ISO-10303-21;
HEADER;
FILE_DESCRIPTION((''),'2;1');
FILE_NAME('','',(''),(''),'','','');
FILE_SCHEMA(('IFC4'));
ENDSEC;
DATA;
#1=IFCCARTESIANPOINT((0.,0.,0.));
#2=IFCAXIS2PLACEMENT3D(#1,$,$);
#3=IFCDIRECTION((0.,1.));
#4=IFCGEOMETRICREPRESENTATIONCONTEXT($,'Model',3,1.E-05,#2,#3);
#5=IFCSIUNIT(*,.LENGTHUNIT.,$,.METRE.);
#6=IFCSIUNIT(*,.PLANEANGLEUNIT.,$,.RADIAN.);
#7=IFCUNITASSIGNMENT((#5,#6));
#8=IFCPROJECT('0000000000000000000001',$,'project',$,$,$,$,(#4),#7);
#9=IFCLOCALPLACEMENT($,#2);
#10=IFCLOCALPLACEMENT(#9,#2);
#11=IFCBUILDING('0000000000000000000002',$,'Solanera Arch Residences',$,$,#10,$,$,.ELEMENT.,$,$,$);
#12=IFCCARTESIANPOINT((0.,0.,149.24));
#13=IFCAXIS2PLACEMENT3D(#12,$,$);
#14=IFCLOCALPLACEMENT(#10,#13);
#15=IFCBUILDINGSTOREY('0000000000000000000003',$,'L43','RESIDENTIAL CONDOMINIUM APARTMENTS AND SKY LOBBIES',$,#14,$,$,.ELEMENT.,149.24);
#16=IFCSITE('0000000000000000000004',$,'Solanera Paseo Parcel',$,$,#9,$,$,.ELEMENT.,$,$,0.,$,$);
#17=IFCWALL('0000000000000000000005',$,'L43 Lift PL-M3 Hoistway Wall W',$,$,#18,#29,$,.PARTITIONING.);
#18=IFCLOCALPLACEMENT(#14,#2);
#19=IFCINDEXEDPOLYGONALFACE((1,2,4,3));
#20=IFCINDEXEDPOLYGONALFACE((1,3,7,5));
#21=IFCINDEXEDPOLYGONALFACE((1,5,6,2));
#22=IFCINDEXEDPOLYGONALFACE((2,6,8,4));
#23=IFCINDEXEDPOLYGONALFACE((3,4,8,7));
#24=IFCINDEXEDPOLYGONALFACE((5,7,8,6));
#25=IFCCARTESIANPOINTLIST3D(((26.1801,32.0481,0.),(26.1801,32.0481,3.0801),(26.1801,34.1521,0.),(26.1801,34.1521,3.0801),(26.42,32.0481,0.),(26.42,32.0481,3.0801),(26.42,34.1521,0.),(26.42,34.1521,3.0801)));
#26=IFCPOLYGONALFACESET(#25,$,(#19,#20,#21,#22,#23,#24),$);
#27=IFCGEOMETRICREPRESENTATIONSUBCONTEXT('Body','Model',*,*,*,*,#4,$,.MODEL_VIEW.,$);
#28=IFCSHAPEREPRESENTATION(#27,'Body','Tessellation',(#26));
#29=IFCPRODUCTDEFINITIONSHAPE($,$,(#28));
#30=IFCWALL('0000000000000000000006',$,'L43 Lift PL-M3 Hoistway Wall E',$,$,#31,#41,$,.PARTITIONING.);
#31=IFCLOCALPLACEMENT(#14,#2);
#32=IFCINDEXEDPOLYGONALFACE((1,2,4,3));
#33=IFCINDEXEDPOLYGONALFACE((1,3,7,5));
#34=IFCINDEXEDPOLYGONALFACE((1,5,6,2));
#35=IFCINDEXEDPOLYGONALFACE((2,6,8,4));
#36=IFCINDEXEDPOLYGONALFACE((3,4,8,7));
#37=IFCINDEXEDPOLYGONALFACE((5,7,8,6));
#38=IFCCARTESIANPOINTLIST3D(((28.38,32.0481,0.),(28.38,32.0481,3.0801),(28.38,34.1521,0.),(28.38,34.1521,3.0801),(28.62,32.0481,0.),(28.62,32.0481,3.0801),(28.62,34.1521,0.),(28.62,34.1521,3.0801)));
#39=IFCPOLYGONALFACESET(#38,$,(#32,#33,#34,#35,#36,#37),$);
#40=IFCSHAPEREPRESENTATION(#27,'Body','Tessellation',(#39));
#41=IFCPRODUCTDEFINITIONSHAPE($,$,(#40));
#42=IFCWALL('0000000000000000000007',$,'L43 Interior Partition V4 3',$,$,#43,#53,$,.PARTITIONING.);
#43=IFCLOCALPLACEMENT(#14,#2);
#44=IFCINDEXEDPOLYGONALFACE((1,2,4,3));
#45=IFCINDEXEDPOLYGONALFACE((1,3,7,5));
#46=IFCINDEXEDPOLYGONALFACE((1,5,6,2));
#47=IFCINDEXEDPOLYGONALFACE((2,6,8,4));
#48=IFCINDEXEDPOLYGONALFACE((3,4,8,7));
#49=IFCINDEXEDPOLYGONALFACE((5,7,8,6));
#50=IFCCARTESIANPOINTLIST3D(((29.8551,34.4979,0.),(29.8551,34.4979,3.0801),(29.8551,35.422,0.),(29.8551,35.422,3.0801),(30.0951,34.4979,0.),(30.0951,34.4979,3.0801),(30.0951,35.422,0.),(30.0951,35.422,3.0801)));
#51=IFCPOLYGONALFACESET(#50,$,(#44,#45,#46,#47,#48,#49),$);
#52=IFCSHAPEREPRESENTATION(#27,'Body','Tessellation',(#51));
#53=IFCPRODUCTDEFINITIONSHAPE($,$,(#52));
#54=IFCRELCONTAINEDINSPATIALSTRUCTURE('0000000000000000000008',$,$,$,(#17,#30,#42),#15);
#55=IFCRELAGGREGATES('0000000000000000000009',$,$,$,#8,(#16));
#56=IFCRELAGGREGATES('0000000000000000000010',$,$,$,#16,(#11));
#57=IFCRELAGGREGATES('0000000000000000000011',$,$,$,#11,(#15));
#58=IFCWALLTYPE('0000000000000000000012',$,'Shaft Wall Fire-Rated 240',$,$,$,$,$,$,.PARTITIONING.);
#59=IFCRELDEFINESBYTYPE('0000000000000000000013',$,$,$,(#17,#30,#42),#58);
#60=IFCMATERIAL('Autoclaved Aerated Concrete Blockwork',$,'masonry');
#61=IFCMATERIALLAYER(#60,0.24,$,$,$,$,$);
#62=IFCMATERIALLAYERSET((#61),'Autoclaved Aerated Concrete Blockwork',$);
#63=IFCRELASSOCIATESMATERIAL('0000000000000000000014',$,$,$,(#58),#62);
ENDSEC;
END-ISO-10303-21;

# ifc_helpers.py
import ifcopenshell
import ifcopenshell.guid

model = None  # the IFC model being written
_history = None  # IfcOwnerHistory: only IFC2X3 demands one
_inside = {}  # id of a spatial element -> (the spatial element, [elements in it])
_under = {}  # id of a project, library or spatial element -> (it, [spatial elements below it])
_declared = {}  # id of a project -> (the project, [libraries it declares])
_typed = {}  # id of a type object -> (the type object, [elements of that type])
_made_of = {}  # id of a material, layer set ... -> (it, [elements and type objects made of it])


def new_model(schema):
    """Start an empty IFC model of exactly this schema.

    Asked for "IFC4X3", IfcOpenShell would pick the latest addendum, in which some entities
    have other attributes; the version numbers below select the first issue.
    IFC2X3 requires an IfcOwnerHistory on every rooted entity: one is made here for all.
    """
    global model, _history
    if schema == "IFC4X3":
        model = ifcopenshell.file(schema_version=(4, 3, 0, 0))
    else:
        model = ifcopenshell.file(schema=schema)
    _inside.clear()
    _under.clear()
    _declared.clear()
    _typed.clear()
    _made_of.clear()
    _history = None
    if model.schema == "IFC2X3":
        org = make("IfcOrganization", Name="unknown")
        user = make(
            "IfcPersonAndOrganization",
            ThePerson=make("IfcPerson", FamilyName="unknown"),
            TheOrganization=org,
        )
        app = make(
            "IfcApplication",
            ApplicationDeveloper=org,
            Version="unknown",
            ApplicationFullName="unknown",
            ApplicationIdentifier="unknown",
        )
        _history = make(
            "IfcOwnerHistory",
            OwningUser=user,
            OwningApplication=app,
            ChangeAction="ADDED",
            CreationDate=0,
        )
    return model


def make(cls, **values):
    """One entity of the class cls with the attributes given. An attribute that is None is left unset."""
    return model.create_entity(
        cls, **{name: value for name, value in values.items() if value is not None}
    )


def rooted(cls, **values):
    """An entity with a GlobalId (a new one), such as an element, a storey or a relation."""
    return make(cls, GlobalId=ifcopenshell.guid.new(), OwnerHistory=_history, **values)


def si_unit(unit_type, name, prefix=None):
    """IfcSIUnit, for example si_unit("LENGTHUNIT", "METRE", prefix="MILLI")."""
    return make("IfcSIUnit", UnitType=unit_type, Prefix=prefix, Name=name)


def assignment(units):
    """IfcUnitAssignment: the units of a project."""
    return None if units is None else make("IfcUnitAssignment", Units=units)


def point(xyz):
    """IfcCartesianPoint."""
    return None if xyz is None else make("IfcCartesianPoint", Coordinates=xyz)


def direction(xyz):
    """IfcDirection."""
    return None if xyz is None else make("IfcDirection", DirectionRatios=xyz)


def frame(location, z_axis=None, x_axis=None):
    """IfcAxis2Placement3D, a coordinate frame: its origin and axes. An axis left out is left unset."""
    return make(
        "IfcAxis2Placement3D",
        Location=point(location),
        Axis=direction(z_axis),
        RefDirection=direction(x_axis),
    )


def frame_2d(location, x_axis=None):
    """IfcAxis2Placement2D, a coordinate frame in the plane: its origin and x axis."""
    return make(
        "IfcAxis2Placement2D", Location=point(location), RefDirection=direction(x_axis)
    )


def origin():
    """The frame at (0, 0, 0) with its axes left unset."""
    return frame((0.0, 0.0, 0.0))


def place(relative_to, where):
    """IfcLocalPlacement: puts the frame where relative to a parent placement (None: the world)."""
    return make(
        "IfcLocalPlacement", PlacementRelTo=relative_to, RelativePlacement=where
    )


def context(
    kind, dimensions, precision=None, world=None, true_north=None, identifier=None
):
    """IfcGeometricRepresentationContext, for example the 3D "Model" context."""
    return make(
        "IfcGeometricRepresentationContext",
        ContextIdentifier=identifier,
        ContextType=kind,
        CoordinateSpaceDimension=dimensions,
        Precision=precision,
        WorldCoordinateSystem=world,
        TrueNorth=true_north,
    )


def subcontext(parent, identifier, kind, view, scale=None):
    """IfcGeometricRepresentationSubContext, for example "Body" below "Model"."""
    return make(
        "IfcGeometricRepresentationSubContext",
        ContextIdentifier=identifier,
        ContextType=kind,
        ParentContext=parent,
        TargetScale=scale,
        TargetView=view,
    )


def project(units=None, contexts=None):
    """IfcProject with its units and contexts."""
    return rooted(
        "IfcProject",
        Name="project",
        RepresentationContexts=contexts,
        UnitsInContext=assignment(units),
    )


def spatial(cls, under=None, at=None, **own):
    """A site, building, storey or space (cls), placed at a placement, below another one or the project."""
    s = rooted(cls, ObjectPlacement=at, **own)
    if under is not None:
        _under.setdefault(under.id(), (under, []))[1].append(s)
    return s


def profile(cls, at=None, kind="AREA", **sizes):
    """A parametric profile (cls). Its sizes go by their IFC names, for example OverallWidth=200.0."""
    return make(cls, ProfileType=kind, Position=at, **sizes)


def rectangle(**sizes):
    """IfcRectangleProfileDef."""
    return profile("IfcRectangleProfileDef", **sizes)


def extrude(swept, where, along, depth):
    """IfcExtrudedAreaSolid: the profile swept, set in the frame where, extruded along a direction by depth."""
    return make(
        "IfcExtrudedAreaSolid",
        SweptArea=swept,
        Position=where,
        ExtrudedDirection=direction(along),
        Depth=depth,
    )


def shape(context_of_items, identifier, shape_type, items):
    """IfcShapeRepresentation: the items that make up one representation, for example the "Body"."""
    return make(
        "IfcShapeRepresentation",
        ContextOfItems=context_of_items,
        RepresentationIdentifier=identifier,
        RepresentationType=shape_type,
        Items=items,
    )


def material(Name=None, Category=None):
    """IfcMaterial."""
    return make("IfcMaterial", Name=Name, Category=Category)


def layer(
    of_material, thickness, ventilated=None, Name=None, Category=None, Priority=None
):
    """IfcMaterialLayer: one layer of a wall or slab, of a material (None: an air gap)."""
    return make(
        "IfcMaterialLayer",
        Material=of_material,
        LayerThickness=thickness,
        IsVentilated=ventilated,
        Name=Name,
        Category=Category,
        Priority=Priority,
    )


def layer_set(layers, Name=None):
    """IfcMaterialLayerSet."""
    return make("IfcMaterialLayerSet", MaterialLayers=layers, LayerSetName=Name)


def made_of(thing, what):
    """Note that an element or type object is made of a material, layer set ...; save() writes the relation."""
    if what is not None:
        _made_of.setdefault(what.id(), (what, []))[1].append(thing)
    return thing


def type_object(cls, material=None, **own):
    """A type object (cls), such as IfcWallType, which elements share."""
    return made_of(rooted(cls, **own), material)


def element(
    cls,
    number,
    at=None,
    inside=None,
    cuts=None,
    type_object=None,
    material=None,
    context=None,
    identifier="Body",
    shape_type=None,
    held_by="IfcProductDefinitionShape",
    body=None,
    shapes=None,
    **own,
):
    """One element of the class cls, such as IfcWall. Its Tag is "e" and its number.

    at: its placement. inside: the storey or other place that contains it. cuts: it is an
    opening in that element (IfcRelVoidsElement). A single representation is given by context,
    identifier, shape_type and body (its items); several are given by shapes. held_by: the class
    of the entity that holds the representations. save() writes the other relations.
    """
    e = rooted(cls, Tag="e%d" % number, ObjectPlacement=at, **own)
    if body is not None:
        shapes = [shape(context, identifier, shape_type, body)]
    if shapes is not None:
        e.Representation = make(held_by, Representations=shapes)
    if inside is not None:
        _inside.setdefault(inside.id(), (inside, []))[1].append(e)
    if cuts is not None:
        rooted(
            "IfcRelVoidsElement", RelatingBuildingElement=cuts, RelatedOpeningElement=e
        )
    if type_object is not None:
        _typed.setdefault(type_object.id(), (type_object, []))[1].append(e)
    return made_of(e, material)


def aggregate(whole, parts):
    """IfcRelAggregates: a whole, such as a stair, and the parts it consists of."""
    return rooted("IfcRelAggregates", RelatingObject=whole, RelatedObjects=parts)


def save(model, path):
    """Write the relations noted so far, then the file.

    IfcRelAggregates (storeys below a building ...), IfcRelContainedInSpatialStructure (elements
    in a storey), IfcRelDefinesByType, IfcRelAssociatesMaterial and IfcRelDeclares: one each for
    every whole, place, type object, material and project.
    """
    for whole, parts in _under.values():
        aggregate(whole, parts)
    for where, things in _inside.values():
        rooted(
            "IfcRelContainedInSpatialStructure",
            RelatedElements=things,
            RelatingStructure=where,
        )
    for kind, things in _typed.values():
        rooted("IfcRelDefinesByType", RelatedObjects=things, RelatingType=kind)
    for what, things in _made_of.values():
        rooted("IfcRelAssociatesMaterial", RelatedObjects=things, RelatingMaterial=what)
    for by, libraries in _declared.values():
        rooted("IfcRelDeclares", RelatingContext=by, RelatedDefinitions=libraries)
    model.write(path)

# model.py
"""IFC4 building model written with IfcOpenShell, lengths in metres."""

from ifc_helpers import new_model, si_unit, direction, frame, frame_2d, origin, place, context, subcontext, project, spatial, rectangle, extrude, material, layer, layer_set, type_object, element, save


model = new_model("IFC4")

# Units and contexts
model_context = context("Model", 3, precision=1e-05, world=origin(), true_north=direction((0.0, 1.0)))
body_context = subcontext(model_context, "Body", "Model", "MODEL_VIEW")
ifc_project = project(units=[si_unit("LENGTHUNIT", "METRE"), si_unit("PLANEANGLEUNIT", "RADIAN")], contexts=[model_context])

# Site, building, storey
site_placement = place(None, origin())
site = spatial("IfcSite", under=ifc_project, at=site_placement, Name="Solanera Paseo Parcel", CompositionType="ELEMENT", RefElevation=0.0)
building_placement = place(site_placement, origin())
building = spatial("IfcBuilding", under=site, at=building_placement, Name="Solanera Arch Residences", CompositionType="ELEMENT")
storey_placement = place(building_placement, frame((0.0, 0.0, 149.24)))
storey = spatial("IfcBuildingStorey", under=building, at=storey_placement, Name="L43", Description="RESIDENTIAL CONDOMINIUM APARTMENTS AND SKY LOBBIES", CompositionType="ELEMENT", Elevation=149.24)

# Walls
ifc_material_1 = material(Name="Autoclaved Aerated Concrete Blockwork", Category="masonry")
ifc_layer_1 = layer(ifc_material_1, 0.24)
ifc_layer_set_1 = layer_set([ifc_layer_1], Name="Autoclaved Aerated Concrete Blockwork")
wall_type_1 = type_object("IfcWallType", Name="Shaft Wall Fire-Rated 240", PredefinedType="PARTITIONING", material=ifc_layer_set_1)
for number, where, z_axis, x_axis, name in (
    (1, (26.3, 32.0481, 0.0), (0.0, 0.0, 1.0), (0.0, 1.0, 0.0), "L43 Lift PL-M3 Hoistway Wall W"),
    (2, (28.5, 32.0481, 0.0), (0.0, 0.0, 1.0), (0.0, 1.0, 0.0), "L43 Lift PL-M3 Hoistway Wall E"),
):
    element("IfcWall", number, at=place(storey_placement, frame(where, z_axis=z_axis, x_axis=x_axis)), inside=storey, type_object=wall_type_1, Name=name, PredefinedType="PARTITIONING", context=body_context, shape_type="SweptSolid", body=[
        extrude(rectangle(XDim=2.104, YDim=0.24, at=frame_2d((1.052, 0.0))), origin(), (0.0, 0.0, 1.0), 3.0801),
    ])

# Wall
wall_1_placement = place(storey_placement, frame((29.9751, 34.498, 0.0), z_axis=(0.0, 0.0, 1.0), x_axis=(0.0, 1.0, 0.0)))
element("IfcWall", 3, at=wall_1_placement, inside=storey, type_object=wall_type_1, Name="L43 Interior Partition V4 3", PredefinedType="PARTITIONING", context=body_context, shape_type="SweptSolid", body=[
    extrude(rectangle(XDim=0.9241, YDim=0.24, at=frame_2d((0.4619, 0.0))), origin(), (0.0, 0.0, 1.0), 3.0801),
])

save(model, "model.ifc")
